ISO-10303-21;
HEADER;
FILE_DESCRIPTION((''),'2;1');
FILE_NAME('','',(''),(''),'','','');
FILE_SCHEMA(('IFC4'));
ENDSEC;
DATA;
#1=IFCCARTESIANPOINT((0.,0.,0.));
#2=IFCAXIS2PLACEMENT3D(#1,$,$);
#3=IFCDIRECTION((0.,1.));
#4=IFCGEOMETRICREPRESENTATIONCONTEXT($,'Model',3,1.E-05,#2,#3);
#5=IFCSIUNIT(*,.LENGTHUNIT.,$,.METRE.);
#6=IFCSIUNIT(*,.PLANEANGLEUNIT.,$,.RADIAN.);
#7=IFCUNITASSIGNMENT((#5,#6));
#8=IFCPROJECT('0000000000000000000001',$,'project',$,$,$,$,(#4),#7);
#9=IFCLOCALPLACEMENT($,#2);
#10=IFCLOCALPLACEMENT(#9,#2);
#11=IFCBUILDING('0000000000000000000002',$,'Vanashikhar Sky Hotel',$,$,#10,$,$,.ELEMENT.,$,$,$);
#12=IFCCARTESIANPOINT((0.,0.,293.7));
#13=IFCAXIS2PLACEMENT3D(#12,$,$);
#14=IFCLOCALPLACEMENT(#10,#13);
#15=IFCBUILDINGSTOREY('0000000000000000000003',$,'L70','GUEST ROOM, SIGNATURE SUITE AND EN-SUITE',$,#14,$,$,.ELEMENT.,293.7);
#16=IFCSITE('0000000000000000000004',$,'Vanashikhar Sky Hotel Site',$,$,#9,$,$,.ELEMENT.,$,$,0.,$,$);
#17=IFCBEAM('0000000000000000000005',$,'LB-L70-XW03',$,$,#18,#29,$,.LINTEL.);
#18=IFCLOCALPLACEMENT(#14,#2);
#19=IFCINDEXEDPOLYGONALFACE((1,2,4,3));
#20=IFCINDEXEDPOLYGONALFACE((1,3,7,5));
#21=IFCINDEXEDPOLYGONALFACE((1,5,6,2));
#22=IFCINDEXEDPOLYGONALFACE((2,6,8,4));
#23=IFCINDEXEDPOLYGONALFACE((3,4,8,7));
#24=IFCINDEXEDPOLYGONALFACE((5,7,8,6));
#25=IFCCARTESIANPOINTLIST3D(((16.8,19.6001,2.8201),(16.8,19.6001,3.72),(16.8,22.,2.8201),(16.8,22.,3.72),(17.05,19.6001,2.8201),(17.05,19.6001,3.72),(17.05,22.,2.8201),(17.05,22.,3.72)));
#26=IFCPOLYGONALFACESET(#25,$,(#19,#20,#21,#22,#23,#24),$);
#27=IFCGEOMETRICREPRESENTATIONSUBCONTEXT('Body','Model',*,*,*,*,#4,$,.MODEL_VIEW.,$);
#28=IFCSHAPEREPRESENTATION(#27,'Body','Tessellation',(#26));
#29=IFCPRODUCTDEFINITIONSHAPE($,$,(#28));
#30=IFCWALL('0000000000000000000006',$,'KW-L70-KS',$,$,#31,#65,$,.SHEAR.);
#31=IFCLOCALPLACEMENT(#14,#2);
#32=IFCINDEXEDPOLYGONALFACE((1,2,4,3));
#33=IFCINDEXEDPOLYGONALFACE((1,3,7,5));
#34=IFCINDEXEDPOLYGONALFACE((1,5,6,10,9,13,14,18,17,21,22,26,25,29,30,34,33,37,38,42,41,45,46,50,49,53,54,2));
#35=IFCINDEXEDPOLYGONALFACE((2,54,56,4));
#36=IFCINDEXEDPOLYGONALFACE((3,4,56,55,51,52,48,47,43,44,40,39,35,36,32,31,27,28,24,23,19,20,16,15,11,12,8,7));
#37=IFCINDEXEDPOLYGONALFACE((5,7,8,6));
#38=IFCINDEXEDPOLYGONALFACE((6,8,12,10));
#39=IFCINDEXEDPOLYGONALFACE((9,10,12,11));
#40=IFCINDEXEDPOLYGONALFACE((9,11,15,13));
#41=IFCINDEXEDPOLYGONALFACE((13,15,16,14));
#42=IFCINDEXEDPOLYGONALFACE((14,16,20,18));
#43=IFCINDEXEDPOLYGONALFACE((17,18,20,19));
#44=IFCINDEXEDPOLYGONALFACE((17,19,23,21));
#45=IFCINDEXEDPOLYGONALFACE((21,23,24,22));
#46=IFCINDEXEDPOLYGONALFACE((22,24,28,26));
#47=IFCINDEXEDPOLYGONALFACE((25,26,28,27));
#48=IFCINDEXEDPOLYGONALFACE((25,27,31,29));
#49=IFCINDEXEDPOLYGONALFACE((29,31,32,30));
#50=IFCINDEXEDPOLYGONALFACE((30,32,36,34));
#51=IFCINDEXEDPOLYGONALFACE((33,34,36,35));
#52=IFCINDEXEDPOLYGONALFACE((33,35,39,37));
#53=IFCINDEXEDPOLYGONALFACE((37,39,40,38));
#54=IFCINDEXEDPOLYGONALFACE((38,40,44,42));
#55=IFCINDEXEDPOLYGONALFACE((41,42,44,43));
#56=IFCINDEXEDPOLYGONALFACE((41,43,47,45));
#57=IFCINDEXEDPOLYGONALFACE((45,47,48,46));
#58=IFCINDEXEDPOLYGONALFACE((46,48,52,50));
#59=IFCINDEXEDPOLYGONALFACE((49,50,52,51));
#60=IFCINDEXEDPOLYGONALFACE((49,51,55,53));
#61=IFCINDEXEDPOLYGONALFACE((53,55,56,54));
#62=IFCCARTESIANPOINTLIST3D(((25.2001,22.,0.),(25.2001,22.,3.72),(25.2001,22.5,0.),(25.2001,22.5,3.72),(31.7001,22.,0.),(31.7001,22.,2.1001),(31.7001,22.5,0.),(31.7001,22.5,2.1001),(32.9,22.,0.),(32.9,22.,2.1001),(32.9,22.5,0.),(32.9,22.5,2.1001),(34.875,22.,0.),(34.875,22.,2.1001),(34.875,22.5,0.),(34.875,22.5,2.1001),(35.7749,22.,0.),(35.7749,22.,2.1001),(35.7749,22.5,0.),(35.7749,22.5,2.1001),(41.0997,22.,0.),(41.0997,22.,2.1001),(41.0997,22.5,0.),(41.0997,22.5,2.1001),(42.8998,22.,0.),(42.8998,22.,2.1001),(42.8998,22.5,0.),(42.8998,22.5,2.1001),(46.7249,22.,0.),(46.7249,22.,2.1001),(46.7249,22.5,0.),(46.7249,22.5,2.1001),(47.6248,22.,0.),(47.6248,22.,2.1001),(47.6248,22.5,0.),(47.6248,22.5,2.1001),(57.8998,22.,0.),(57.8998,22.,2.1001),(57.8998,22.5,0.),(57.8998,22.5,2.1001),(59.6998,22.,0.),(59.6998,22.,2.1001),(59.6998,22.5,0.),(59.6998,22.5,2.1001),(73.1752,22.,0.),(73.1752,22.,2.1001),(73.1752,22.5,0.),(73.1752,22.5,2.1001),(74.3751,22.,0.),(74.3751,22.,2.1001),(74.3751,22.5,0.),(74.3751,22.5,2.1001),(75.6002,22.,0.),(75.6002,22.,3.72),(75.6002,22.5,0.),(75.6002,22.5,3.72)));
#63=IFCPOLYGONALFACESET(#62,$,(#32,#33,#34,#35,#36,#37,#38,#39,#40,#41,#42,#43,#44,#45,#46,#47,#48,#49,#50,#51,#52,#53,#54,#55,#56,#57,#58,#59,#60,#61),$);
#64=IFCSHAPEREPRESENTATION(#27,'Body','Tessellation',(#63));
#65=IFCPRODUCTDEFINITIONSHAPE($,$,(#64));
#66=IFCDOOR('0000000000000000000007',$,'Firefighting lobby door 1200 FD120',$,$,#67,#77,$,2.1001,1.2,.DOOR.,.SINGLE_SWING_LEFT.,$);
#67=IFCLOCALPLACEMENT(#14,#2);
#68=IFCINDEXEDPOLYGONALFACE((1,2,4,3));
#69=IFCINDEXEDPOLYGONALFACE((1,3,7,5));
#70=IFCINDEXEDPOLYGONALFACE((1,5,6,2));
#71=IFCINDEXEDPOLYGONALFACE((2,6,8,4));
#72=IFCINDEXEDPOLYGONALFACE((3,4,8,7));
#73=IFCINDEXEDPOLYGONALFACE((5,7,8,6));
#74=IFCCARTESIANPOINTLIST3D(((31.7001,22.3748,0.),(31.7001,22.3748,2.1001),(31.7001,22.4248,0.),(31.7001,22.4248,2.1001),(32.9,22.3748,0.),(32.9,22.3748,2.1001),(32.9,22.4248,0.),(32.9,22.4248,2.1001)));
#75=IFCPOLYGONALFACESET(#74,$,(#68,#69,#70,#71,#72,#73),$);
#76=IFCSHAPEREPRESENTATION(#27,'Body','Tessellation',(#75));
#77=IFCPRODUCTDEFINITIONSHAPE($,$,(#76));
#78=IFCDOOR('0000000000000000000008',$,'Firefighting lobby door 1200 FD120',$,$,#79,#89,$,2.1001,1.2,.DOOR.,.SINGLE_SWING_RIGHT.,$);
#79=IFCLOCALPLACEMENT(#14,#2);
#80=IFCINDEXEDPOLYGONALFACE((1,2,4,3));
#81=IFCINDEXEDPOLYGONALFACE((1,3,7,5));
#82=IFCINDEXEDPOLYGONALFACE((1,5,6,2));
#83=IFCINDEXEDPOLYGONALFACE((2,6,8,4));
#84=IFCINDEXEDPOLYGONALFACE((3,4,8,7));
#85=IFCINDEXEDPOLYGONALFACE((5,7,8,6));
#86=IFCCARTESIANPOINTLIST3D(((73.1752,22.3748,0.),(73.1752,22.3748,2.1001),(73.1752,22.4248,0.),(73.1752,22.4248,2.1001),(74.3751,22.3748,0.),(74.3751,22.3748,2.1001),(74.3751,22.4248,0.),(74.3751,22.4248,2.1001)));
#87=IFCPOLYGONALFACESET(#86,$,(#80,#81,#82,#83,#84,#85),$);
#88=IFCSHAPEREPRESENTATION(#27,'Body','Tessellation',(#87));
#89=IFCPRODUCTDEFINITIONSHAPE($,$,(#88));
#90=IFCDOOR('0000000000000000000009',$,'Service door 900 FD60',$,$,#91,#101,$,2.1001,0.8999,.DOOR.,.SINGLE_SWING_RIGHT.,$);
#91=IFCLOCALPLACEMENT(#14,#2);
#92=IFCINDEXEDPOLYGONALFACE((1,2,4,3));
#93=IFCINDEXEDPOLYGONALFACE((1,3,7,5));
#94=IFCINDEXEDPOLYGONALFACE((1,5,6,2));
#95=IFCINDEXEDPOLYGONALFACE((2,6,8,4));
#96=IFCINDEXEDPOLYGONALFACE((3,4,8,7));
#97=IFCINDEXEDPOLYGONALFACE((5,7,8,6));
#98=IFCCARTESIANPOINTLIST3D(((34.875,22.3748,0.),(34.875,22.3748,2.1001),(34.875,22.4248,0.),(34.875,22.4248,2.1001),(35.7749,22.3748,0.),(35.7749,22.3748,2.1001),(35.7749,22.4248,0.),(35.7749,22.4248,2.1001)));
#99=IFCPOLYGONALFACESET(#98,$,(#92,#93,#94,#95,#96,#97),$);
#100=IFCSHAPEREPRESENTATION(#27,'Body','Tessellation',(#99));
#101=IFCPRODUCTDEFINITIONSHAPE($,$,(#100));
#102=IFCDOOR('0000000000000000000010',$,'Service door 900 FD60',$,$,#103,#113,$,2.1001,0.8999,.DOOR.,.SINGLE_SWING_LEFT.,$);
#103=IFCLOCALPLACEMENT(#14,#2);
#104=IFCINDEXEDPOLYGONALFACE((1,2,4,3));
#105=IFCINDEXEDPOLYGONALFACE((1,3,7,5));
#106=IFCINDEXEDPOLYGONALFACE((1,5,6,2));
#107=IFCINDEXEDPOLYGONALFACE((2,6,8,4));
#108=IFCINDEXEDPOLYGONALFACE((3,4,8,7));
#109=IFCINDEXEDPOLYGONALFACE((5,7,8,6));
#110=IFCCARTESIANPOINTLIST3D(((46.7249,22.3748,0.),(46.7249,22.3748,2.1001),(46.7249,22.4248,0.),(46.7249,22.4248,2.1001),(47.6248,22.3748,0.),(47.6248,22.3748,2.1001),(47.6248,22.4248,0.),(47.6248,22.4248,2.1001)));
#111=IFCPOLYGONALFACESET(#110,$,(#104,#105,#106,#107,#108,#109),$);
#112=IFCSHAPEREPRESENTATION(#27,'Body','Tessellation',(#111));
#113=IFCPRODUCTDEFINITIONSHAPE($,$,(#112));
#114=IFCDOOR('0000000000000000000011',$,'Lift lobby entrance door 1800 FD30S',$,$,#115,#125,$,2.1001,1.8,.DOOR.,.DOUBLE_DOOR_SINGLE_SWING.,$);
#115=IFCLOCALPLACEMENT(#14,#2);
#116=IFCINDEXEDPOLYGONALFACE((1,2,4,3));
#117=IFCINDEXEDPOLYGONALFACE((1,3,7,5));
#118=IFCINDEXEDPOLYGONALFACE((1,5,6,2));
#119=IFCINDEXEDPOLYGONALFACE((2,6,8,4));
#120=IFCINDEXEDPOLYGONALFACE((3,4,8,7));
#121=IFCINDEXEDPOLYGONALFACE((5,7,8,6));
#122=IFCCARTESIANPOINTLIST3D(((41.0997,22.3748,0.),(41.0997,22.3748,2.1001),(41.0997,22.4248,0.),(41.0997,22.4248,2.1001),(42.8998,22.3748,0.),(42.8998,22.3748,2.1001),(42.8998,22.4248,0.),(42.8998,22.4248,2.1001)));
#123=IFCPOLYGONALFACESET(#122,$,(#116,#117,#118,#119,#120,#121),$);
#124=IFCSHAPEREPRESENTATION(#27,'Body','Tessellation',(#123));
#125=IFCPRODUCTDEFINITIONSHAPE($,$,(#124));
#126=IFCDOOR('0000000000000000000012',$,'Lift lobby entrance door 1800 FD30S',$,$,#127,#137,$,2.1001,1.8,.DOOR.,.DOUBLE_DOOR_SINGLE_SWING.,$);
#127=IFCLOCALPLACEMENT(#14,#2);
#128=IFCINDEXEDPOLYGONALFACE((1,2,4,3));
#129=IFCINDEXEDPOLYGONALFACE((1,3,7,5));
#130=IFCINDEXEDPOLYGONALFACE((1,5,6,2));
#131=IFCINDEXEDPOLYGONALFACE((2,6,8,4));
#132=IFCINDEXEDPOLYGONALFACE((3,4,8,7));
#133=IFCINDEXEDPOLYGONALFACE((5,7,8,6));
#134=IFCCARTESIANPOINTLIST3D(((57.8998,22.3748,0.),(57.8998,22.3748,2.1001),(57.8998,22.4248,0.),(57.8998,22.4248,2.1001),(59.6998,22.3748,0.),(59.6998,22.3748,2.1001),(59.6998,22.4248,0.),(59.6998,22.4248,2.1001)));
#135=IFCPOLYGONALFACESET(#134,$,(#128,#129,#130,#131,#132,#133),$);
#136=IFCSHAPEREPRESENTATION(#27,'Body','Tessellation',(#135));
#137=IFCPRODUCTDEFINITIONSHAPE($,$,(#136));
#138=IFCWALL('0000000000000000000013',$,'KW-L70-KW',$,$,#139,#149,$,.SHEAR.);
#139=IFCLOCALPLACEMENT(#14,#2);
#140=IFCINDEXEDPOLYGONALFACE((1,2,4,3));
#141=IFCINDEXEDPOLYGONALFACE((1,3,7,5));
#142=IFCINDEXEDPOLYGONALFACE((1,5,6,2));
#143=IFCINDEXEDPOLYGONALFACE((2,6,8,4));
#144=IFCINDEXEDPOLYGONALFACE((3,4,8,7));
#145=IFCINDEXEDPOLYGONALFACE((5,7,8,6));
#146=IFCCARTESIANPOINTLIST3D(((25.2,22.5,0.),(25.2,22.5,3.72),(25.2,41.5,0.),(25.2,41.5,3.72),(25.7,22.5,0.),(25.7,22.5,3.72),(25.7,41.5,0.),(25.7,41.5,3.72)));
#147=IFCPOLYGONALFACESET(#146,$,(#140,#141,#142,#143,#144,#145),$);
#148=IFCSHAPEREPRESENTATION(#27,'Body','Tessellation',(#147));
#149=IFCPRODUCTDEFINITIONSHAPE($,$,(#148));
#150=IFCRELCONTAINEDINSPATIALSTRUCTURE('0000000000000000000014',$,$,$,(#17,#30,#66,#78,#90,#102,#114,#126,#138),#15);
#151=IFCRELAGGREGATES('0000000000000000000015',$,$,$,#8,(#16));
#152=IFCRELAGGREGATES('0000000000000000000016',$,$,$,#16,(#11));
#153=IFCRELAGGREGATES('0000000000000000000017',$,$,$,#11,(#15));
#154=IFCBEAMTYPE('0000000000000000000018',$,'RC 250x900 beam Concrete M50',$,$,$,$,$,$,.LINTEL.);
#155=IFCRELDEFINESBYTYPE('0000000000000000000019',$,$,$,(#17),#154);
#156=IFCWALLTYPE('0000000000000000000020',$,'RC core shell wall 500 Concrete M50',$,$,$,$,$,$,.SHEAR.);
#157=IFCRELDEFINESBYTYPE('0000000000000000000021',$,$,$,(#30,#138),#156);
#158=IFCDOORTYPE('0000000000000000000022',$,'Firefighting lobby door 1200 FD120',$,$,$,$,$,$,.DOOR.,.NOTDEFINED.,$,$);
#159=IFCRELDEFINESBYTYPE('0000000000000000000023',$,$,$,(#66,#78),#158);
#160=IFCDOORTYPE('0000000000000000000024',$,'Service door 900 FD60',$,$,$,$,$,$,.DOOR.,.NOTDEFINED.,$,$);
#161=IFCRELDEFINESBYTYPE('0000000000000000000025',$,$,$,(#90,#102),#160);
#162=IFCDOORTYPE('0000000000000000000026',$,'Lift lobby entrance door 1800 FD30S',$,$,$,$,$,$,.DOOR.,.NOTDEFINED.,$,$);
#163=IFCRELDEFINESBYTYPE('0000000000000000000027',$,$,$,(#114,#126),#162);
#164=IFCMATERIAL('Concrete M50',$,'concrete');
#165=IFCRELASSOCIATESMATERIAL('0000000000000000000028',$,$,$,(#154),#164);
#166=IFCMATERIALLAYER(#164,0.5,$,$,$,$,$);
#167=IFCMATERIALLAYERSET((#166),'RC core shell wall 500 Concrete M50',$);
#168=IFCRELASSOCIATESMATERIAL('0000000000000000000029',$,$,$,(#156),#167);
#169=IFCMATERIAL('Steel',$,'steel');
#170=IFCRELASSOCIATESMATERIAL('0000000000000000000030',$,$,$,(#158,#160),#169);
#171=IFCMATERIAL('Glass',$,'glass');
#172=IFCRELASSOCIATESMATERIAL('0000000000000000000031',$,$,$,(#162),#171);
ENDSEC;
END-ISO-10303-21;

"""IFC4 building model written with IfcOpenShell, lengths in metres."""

from ifc_helpers import new_model, si_unit, direction, frame, frame_2d, origin, origin_2d, place, context, subcontext, project, spatial, rectangle, extrude, source, transform, mapped, material, layer, layer_set, material_profile, profile_set, type_object, element, fill, save


model = new_model("IFC4")

# Units and contexts
model_context = context("Model", 3, precision=1e-05, world=origin(), true_north=direction((0.0, 1.0)))
body_context = subcontext(model_context, "Body", "Model", "MODEL_VIEW")
ifc_project = project(units=[si_unit("LENGTHUNIT", "METRE"), si_unit("PLANEANGLEUNIT", "RADIAN")], contexts=[model_context])

# Site, building, storey
site_placement = place(None, origin())
site = spatial("IfcSite", under=ifc_project, at=site_placement, Name="Vanashikhar Sky Hotel Site", CompositionType="ELEMENT", RefElevation=0.0)
building_placement = place(site_placement, origin())
building = spatial("IfcBuilding", under=site, at=building_placement, Name="Vanashikhar Sky Hotel", CompositionType="ELEMENT")
storey_placement = place(building_placement, frame((0.0, 0.0, 293.7)))
storey = spatial("IfcBuildingStorey", under=building, at=storey_placement, Name="L70", Description="GUEST ROOM, SIGNATURE SUITE AND EN-SUITE", CompositionType="ELEMENT", Elevation=293.7)

# Beam
ifc_material_1 = material(Name="Concrete M50", Category="concrete")
ifc_material_profile = material_profile(ifc_material_1, rectangle(XDim=0.25, YDim=0.8999, at=origin_2d()))
ifc_profile_set = profile_set([ifc_material_profile], Name="RC 250x900 beam Concrete M50")
beam_type = type_object("IfcBeamType", Name="RC 250x900 beam Concrete M50", PredefinedType="LINTEL", material=ifc_profile_set)
shared_shape_1 = source(origin(), body_context, "Body", "SweptSolid", [
    extrude(rectangle(XDim=0.25, YDim=0.8999, at=origin_2d()), origin(), (0.0, 0.0, 1.0), 2.3999),
])
beam_placement = place(storey_placement, frame((16.925, 19.6001, 3.27), z_axis=(0.0, 1.0, 0.0), x_axis=(-1.0, 0.0, 0.0)))
element("IfcBeam", 1, at=beam_placement, inside=storey, type_object=beam_type, Name="LB-L70-XW03", PredefinedType="LINTEL", context=body_context, shape_type="MappedRepresentation", body=[
    mapped(shared_shape_1, transform((0.0, 0.0, 0.0), scale=1.0)),
])

# Wall, openings, doors
ifc_layer_1 = layer(ifc_material_1, 0.5)
ifc_layer_set_1 = layer_set([ifc_layer_1], Name="RC core shell wall 500 Concrete M50")
wall_type_1 = type_object("IfcWallType", Name="RC core shell wall 500 Concrete M50", PredefinedType="SHEAR", material=ifc_layer_set_1)
shared_shape_2 = source(origin(), body_context, "Body", "SweptSolid", [
    extrude(rectangle(XDim=50.4001, YDim=0.5, at=frame_2d((25.2002, 0.0))), origin(), (0.0, 0.0, 1.0), 3.72),
])
wall_1_placement = place(storey_placement, frame((25.2, 22.25, 0.0), z_axis=(0.0, 0.0, 1.0), x_axis=(1.0, 0.0, 0.0)))
wall_1 = element("IfcWall", 2, at=wall_1_placement, inside=storey, type_object=wall_type_1, Name="KW-L70-KS", PredefinedType="SHEAR", context=body_context, shape_type="MappedRepresentation", body=[
    mapped(shared_shape_2, transform((0.0, 0.0, 0.0), scale=1.0)),
])
shared_shape_3 = source(origin(), body_context, "Body", "SweptSolid", [
    extrude(rectangle(XDim=1.8, YDim=2.1001, at=frame_2d((0.8999, 1.05))), frame((0.0, 0.26, 0.0), z_axis=(0.0, -1.0, 0.0), x_axis=(1.0, 0.0, 0.0)), (0.0, 0.0, 1.0), 0.52),
])
opening_1_placement = place(wall_1_placement, frame((15.8999, 0.0, 0.0)))
opening_1 = element("IfcOpeningElement", 3, at=opening_1_placement, cuts=wall_1, PredefinedType="OPENING", context=body_context, shape_type="MappedRepresentation", body=[
    mapped(shared_shape_3, transform((0.0, 0.0, 0.0), scale=1.0)),
])
shared_shape_4 = source(origin(), body_context, "Body", "SweptSolid", [
    extrude(rectangle(XDim=0.8999, YDim=2.1001, at=frame_2d((0.45, 1.05))), frame((0.0, 0.26, 0.0), z_axis=(0.0, -1.0, 0.0), x_axis=(1.0, 0.0, 0.0)), (0.0, 0.0, 1.0), 0.52),
])
opening_2_placement = place(wall_1_placement, frame((9.675, 0.0, 0.0)))
opening_2 = element("IfcOpeningElement", 4, at=opening_2_placement, cuts=wall_1, PredefinedType="OPENING", context=body_context, shape_type="MappedRepresentation", body=[
    mapped(shared_shape_4, transform((0.0, 0.0, 0.0), scale=1.0)),
])
opening_3_placement = place(wall_1_placement, frame((21.5249, 0.0, 0.0)))
opening_3 = element("IfcOpeningElement", 5, at=opening_3_placement, cuts=wall_1, PredefinedType="OPENING", context=body_context, shape_type="MappedRepresentation", body=[
    mapped(shared_shape_4, transform((0.0, 0.0, 0.0), scale=1.0)),
])
opening_4_placement = place(wall_1_placement, frame((32.7, 0.0, 0.0)))
opening_4 = element("IfcOpeningElement", 6, at=opening_4_placement, cuts=wall_1, PredefinedType="OPENING", context=body_context, shape_type="MappedRepresentation", body=[
    mapped(shared_shape_3, transform((0.0, 0.0, 0.0), scale=1.0)),
])
shared_shape_5 = source(origin(), body_context, "Body", "SweptSolid", [
    extrude(rectangle(XDim=1.2, YDim=2.1001, at=frame_2d((0.6001, 1.05))), frame((0.0, 0.26, 0.0), z_axis=(0.0, -1.0, 0.0), x_axis=(1.0, 0.0, 0.0)), (0.0, 0.0, 1.0), 0.52),
])
opening_5_placement = place(wall_1_placement, frame((6.5, 0.0, 0.0)))
opening_5 = element("IfcOpeningElement", 7, at=opening_5_placement, cuts=wall_1, PredefinedType="OPENING", context=body_context, shape_type="MappedRepresentation", body=[
    mapped(shared_shape_5, transform((0.0, 0.0, 0.0), scale=1.0)),
])
opening_6_placement = place(wall_1_placement, frame((47.9751, 0.0, 0.0)))
opening_6 = element("IfcOpeningElement", 8, at=opening_6_placement, cuts=wall_1, PredefinedType="OPENING", context=body_context, shape_type="MappedRepresentation", body=[
    mapped(shared_shape_5, transform((0.0, 0.0, 0.0), scale=1.0)),
])
ifc_material_2 = material(Name="Steel", Category="steel")
door_type_1 = type_object("IfcDoorType", Name="Firefighting lobby door 1200 FD120", OperationType="NOTDEFINED", PredefinedType="DOOR", material=ifc_material_2)
shared_shape_6 = source(origin(), body_context, "Body", "SweptSolid", [
    extrude(rectangle(XDim=1.2, YDim=2.1001, at=frame_2d((0.6001, 1.05))), frame((0.0, 0.1748, 0.0), z_axis=(0.0, -1.0, 0.0), x_axis=(1.0, 0.0, 0.0)), (0.0, 0.0, 1.0), 0.05),
])
door_1_placement = place(opening_5_placement, origin())
door_1 = element("IfcDoor", 9, at=door_1_placement, inside=storey, type_object=door_type_1, Name="Firefighting lobby door 1200 FD120", OperationType="SINGLE_SWING_LEFT", OverallHeight=2.1001, OverallWidth=1.2, PredefinedType="DOOR", context=body_context, shape_type="MappedRepresentation", body=[
    mapped(shared_shape_6, transform((0.0, 0.0, 0.0), scale=1.0)),
])
fill(opening_5, door_1)
door_2_placement = place(opening_6_placement, origin())
door_2 = element("IfcDoor", 10, at=door_2_placement, inside=storey, type_object=door_type_1, Name="Firefighting lobby door 1200 FD120", OperationType="SINGLE_SWING_RIGHT", OverallHeight=2.1001, OverallWidth=1.2, PredefinedType="DOOR", context=body_context, shape_type="MappedRepresentation", body=[
    mapped(shared_shape_6, transform((0.0, 0.0, 0.0), scale=1.0)),
])
fill(opening_6, door_2)
door_type_2 = type_object("IfcDoorType", Name="Service door 900 FD60", OperationType="NOTDEFINED", PredefinedType="DOOR", material=ifc_material_2)
shared_shape_7 = source(origin(), body_context, "Body", "SweptSolid", [
    extrude(rectangle(XDim=0.8999, YDim=2.1001, at=frame_2d((0.45, 1.05))), frame((0.0, 0.1748, 0.0), z_axis=(0.0, -1.0, 0.0), x_axis=(1.0, 0.0, 0.0)), (0.0, 0.0, 1.0), 0.05),
])
door_3_placement = place(opening_2_placement, origin())
door_3 = element("IfcDoor", 11, at=door_3_placement, inside=storey, type_object=door_type_2, Name="Service door 900 FD60", OperationType="SINGLE_SWING_RIGHT", OverallHeight=2.1001, OverallWidth=0.8999, PredefinedType="DOOR", context=body_context, shape_type="MappedRepresentation", body=[
    mapped(shared_shape_7, transform((0.0, 0.0, 0.0), scale=1.0)),
])
fill(opening_2, door_3)
door_4_placement = place(opening_3_placement, origin())
door_4 = element("IfcDoor", 12, at=door_4_placement, inside=storey, type_object=door_type_2, Name="Service door 900 FD60", OperationType="SINGLE_SWING_LEFT", OverallHeight=2.1001, OverallWidth=0.8999, PredefinedType="DOOR", context=body_context, shape_type="MappedRepresentation", body=[
    mapped(shared_shape_7, transform((0.0, 0.0, 0.0), scale=1.0)),
])
fill(opening_3, door_4)
ifc_material_3 = material(Name="Glass", Category="glass")
door_type_3 = type_object("IfcDoorType", Name="Lift lobby entrance door 1800 FD30S", OperationType="NOTDEFINED", PredefinedType="DOOR", material=ifc_material_3)
shared_shape_8 = source(origin(), body_context, "Body", "SweptSolid", [
    extrude(rectangle(XDim=1.8, YDim=2.1001, at=frame_2d((0.8999, 1.05))), frame((0.0, 0.1748, 0.0), z_axis=(0.0, -1.0, 0.0), x_axis=(1.0, 0.0, 0.0)), (0.0, 0.0, 1.0), 0.05),
])
door_5_placement = place(opening_1_placement, origin())
door_5 = element("IfcDoor", 13, at=door_5_placement, inside=storey, type_object=door_type_3, Name="Lift lobby entrance door 1800 FD30S", OperationType="DOUBLE_DOOR_SINGLE_SWING", OverallHeight=2.1001, OverallWidth=1.8, PredefinedType="DOOR", context=body_context, shape_type="MappedRepresentation", body=[
    mapped(shared_shape_8, transform((0.0, 0.0, 0.0), scale=1.0)),
])
fill(opening_1, door_5)
door_6_placement = place(opening_4_placement, origin())
door_6 = element("IfcDoor", 14, at=door_6_placement, inside=storey, type_object=door_type_3, Name="Lift lobby entrance door 1800 FD30S", OperationType="DOUBLE_DOOR_SINGLE_SWING", OverallHeight=2.1001, OverallWidth=1.8, PredefinedType="DOOR", context=body_context, shape_type="MappedRepresentation", body=[
    mapped(shared_shape_8, transform((0.0, 0.0, 0.0), scale=1.0)),
])
fill(opening_4, door_6)

# Wall
shared_shape_9 = source(origin(), body_context, "Body", "SweptSolid", [
    extrude(rectangle(XDim=19.0, YDim=0.5, at=frame_2d((9.5, 0.0))), origin(), (0.0, 0.0, 1.0), 3.72),
])
wall_2_placement = place(storey_placement, frame((25.45, 22.5, 0.0), z_axis=(0.0, 0.0, 1.0), x_axis=(0.0, 1.0, 0.0)))
element("IfcWall", 15, at=wall_2_placement, inside=storey, type_object=wall_type_1, Name="KW-L70-KW", PredefinedType="SHEAR", context=body_context, shape_type="MappedRepresentation", body=[
    mapped(shared_shape_9, transform((0.0, 0.0, 0.0), scale=1.0)),
])

save(model, "model.ifc")
